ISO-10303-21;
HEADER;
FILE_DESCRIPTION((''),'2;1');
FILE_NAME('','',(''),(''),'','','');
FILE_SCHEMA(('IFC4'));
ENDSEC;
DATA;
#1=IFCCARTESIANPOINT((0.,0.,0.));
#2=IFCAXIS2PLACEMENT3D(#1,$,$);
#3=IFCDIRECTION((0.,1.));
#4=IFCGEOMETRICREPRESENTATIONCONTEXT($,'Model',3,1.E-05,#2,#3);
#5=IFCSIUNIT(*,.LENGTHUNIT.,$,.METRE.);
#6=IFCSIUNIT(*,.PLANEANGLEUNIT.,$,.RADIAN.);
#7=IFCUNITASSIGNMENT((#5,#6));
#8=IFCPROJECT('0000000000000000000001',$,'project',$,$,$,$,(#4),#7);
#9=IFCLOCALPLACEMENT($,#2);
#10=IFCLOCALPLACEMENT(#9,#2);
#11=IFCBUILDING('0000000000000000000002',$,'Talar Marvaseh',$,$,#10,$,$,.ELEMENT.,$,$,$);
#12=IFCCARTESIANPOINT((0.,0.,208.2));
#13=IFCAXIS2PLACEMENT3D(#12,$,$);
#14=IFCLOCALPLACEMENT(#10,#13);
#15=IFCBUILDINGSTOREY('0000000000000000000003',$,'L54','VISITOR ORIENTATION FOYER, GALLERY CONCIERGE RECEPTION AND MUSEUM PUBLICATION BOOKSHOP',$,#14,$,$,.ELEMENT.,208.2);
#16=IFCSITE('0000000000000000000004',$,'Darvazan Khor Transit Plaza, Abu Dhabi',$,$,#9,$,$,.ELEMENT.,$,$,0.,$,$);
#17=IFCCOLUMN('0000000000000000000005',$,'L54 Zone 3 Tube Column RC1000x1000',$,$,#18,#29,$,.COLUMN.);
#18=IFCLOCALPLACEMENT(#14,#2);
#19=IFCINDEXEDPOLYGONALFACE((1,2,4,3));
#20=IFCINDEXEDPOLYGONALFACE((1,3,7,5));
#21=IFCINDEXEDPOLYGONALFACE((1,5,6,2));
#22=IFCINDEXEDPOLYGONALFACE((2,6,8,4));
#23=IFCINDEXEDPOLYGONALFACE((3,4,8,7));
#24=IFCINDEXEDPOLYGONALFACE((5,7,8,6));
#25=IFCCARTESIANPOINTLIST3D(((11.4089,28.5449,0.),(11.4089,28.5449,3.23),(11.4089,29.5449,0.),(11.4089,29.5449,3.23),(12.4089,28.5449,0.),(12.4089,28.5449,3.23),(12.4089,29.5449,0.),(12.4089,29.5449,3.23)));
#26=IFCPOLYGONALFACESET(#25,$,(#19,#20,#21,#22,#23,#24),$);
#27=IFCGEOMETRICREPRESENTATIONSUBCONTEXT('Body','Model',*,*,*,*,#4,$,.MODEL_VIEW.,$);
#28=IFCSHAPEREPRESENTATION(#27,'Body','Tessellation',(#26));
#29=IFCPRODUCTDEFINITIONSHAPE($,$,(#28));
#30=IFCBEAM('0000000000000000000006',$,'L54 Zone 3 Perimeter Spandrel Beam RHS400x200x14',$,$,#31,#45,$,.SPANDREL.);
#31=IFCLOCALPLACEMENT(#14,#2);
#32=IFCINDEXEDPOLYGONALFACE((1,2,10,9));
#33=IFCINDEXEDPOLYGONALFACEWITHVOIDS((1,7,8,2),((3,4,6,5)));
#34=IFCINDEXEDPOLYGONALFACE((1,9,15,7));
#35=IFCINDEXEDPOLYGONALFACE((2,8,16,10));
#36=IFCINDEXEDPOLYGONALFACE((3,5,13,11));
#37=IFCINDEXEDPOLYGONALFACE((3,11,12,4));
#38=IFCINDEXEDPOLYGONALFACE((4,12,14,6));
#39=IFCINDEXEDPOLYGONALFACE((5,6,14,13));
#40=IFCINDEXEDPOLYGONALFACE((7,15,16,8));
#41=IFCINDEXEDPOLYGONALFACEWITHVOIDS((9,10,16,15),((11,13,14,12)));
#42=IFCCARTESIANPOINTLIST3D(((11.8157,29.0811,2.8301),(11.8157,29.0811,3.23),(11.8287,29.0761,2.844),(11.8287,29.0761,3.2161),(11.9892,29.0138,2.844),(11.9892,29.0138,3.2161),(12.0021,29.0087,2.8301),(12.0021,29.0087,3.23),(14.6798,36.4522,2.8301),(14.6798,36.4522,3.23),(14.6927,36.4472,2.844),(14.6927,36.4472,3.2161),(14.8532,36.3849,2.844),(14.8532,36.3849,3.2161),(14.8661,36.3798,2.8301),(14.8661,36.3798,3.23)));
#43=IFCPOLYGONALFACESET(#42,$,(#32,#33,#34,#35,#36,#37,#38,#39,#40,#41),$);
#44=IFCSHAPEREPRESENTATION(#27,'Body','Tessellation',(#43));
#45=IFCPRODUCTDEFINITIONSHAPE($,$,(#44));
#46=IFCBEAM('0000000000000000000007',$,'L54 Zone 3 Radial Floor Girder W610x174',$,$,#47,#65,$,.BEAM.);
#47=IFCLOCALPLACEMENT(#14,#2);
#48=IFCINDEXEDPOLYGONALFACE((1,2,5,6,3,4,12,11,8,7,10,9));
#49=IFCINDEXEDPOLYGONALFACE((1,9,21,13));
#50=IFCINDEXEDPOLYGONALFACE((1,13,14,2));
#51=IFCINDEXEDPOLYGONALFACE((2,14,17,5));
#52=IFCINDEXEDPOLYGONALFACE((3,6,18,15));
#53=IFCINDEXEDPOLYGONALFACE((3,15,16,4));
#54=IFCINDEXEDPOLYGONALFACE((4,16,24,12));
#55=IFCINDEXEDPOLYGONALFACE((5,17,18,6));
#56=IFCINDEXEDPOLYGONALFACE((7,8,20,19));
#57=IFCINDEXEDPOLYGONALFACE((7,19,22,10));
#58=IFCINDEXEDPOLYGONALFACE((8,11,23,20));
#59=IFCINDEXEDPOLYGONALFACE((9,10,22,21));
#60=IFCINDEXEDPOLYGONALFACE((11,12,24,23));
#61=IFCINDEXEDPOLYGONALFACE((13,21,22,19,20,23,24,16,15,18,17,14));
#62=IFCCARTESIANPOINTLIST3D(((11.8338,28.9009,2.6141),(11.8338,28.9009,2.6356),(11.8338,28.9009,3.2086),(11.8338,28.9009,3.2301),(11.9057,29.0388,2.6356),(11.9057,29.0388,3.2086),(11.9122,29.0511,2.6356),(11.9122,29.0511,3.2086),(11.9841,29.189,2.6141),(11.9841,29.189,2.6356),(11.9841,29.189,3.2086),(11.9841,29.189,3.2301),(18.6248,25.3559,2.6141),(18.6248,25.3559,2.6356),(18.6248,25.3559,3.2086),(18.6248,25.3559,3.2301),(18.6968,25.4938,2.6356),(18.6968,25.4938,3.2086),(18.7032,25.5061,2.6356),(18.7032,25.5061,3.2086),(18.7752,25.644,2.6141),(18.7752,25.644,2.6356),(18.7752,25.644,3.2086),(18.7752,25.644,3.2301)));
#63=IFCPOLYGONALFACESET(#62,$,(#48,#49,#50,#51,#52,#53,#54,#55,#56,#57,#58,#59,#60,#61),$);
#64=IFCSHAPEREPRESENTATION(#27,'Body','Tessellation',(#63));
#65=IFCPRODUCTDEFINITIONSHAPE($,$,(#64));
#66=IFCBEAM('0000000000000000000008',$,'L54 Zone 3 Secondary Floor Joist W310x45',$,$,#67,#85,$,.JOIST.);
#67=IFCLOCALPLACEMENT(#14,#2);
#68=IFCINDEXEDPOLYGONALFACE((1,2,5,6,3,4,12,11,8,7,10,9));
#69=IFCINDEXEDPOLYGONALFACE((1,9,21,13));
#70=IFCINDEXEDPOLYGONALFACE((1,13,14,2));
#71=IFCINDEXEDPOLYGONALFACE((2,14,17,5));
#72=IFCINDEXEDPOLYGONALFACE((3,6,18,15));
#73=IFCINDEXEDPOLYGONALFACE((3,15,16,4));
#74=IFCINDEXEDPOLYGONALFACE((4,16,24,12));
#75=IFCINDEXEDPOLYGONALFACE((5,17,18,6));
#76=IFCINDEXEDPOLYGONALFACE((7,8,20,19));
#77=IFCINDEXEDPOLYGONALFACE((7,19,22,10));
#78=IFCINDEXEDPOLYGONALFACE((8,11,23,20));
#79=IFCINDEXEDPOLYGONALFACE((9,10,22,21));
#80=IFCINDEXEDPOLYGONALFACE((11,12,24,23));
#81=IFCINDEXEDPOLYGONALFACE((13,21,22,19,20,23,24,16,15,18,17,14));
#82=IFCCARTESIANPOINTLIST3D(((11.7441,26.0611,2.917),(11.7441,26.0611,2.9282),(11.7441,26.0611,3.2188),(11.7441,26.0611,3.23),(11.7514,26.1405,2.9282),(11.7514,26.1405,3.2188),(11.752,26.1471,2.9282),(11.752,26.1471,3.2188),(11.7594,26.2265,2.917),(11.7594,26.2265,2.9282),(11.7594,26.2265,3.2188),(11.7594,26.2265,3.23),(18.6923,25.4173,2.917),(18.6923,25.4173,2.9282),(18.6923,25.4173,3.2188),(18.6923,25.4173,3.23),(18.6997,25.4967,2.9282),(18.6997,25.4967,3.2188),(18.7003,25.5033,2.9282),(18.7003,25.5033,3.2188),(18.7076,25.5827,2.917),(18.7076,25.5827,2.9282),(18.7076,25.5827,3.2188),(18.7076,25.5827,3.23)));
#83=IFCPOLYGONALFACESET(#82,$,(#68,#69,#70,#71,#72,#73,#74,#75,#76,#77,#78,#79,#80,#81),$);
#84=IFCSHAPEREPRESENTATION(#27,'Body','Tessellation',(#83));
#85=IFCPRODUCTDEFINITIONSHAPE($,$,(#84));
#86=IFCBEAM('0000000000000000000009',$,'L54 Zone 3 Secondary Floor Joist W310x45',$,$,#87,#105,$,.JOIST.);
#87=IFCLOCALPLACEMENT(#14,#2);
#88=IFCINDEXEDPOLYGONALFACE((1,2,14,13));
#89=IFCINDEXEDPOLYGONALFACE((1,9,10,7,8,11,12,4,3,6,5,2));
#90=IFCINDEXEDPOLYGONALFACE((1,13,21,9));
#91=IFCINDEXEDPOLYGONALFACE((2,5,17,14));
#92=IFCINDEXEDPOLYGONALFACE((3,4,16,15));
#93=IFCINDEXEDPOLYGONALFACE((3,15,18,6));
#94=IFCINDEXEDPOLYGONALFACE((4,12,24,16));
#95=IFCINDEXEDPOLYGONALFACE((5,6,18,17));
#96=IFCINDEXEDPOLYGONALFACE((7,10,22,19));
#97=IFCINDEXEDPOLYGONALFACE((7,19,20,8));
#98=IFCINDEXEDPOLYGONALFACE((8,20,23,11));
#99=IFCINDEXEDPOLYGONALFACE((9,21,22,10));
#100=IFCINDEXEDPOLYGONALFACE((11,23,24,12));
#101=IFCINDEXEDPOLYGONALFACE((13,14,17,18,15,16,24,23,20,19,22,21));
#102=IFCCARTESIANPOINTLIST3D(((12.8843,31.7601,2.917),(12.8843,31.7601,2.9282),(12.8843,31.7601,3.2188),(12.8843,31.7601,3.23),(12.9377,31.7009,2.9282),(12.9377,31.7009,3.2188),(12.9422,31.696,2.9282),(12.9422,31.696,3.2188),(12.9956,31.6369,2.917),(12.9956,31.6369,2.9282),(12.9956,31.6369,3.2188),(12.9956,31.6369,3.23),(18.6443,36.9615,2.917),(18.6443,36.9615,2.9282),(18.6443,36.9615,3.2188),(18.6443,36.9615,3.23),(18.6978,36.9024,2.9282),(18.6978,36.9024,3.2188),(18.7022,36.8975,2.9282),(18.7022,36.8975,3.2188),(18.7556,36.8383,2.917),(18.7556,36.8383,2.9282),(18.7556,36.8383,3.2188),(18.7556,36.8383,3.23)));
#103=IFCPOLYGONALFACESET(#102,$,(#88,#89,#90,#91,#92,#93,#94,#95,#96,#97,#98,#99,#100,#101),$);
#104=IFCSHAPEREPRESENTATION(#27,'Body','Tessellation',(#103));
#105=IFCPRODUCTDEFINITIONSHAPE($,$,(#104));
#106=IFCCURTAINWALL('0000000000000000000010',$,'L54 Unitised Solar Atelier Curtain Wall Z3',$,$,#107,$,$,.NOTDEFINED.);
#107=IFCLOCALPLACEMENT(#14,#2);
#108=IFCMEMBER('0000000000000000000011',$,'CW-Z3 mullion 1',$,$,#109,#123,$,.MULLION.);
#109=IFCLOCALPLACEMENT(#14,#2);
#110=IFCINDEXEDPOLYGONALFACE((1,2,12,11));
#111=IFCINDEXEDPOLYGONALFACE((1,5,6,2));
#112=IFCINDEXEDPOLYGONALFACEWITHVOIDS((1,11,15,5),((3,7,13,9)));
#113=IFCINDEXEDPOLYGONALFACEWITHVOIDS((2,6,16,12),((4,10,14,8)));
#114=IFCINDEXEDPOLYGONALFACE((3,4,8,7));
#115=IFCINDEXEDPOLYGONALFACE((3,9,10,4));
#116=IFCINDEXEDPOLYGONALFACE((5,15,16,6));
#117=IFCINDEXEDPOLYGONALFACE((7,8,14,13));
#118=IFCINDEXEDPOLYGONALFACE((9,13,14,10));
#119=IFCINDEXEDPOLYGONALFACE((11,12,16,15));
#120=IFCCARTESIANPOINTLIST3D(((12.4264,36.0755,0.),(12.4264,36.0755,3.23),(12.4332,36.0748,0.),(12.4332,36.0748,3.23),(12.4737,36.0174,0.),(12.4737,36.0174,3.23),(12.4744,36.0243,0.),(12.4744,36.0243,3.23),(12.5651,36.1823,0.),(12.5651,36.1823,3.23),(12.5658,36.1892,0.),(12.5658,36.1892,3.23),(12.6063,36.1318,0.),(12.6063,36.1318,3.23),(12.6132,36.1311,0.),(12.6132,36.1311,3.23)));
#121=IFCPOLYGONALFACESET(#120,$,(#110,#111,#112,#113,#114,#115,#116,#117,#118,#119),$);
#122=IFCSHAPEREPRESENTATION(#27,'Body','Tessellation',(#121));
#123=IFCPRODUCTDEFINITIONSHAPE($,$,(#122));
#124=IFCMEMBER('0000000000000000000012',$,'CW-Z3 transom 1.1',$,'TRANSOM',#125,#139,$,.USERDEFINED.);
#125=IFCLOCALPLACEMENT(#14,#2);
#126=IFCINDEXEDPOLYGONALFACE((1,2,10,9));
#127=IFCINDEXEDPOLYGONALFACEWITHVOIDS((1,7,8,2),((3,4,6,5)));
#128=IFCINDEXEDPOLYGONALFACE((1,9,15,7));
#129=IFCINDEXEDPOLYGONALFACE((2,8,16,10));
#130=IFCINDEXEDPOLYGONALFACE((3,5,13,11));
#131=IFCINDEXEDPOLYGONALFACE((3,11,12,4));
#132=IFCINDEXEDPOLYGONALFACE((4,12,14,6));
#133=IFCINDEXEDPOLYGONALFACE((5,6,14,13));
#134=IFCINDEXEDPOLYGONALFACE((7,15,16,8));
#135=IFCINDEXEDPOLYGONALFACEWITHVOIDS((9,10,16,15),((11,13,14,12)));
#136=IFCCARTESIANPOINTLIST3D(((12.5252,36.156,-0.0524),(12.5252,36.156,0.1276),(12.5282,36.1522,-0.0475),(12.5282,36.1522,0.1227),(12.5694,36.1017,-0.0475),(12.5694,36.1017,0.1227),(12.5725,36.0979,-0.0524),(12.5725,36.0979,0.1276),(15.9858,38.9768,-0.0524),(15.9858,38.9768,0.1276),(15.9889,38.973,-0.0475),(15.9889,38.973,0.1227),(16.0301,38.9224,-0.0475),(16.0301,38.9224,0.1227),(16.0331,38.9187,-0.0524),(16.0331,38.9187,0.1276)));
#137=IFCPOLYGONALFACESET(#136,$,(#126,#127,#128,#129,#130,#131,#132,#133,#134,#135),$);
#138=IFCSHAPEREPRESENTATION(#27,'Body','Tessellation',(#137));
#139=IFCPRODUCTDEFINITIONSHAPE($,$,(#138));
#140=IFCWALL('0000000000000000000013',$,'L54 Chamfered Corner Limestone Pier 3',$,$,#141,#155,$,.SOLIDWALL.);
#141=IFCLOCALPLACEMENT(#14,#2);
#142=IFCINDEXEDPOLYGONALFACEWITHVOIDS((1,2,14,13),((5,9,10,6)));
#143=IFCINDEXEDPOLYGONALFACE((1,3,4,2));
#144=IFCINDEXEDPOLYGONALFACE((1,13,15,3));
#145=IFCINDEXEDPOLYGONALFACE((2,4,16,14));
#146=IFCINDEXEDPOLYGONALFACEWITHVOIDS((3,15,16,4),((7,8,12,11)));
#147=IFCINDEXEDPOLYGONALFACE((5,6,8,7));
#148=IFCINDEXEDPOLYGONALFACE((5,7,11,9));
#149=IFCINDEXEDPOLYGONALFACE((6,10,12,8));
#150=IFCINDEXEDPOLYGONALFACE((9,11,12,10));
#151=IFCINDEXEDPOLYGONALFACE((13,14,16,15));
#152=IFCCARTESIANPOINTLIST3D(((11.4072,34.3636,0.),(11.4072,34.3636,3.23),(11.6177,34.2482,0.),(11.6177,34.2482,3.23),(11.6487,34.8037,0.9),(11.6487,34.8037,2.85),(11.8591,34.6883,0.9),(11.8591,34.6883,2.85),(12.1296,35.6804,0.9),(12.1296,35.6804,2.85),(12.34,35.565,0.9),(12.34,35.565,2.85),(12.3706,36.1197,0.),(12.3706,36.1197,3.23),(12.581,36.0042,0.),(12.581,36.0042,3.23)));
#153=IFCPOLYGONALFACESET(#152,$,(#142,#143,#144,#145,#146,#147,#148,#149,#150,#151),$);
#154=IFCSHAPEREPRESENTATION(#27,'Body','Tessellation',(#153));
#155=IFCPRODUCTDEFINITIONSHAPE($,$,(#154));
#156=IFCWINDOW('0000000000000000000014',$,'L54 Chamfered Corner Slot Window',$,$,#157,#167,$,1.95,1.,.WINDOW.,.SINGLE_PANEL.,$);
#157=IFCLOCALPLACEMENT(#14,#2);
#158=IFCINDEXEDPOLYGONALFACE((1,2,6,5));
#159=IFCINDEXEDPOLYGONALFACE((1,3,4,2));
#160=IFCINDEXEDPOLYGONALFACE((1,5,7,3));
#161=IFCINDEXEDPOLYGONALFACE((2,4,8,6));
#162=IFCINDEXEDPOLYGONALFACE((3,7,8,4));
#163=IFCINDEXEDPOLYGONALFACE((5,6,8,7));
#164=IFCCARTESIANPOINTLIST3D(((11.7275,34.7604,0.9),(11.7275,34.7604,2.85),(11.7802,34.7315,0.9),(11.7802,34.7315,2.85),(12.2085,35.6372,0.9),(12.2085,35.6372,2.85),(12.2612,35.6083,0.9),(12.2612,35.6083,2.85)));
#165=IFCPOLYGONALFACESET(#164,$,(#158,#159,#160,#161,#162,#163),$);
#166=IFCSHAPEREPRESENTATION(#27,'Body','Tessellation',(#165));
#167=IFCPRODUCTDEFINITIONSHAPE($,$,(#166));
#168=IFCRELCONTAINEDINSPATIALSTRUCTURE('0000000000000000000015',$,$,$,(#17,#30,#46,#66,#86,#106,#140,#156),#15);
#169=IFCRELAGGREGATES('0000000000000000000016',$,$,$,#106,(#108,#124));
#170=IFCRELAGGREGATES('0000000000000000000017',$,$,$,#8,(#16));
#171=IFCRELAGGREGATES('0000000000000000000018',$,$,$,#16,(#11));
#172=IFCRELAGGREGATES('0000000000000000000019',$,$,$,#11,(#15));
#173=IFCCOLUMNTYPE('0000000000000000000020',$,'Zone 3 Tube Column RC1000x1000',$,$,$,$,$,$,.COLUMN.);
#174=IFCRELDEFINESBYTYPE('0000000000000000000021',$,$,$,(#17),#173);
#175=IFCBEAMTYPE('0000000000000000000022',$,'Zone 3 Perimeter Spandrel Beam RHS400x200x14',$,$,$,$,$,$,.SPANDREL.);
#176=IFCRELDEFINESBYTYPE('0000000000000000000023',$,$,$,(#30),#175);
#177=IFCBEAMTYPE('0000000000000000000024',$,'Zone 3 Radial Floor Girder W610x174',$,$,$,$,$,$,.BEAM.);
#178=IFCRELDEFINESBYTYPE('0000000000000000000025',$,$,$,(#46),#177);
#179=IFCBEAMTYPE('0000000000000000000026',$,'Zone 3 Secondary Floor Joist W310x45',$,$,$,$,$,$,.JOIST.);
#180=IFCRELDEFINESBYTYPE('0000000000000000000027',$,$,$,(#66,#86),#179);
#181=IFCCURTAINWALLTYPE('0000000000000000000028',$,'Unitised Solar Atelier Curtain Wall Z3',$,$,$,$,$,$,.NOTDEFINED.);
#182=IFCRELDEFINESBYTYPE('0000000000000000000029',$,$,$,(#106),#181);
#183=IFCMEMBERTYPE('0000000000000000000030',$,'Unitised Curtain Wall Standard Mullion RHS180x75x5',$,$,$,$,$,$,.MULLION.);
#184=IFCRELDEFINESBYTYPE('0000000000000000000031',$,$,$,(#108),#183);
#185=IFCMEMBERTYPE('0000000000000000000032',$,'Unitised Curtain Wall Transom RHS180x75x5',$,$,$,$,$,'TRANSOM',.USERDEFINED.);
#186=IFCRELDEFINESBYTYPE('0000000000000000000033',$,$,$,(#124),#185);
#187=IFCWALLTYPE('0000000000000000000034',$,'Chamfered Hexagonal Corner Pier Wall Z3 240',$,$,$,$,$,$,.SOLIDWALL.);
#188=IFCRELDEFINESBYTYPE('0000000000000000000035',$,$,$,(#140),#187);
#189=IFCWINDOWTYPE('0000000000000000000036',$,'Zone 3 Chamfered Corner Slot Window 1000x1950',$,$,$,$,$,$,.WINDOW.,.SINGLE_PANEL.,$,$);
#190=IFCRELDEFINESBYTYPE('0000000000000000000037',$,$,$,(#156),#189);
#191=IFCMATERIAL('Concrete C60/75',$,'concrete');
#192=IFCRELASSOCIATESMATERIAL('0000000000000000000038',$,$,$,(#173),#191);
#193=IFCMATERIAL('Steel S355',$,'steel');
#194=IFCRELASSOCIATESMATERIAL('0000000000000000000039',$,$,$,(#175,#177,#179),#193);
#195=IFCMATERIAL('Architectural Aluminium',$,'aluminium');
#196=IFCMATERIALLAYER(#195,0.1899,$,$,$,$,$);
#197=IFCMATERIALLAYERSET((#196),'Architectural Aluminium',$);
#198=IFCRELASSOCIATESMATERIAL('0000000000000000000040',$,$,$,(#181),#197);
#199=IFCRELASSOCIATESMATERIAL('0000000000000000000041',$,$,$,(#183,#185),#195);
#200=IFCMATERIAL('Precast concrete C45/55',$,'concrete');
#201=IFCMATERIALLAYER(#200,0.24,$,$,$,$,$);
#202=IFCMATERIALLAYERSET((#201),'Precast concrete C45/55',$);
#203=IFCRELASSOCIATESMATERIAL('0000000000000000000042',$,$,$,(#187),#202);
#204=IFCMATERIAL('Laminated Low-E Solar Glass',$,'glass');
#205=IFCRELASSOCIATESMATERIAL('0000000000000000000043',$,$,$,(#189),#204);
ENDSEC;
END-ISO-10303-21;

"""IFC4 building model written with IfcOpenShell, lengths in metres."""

from ifc_helpers import new_model, si_unit, direction, frame, frame_2d, origin, origin_2d, place, context, subcontext, project, spatial, rectangle, hollow_rectangle, i_section, extrude, source, transform, mapped, material, layer, layer_set, material_profile, profile_set, type_object, type_shapes, element, fill, aggregate, save


model = new_model("IFC4")

# Units and contexts
model_context = context("Model", 3, precision=1e-05, world=origin(), true_north=direction((0.0, 1.0)))
body_context = subcontext(model_context, "Body", "Model", "MODEL_VIEW")
ifc_project = project(units=[si_unit("LENGTHUNIT", "METRE"), si_unit("PLANEANGLEUNIT", "RADIAN")], contexts=[model_context])

# Site, building, storey
site_placement = place(None, origin())
site = spatial("IfcSite", under=ifc_project, at=site_placement, Name="Darvazan Khor Transit Plaza, Abu Dhabi", CompositionType="ELEMENT", RefElevation=0.0)
building_placement = place(site_placement, origin())
building = spatial("IfcBuilding", under=site, at=building_placement, Name="Talar Marvaseh", CompositionType="ELEMENT")
storey_placement = place(building_placement, frame((0.0, 0.0, 208.2)))
storey = spatial("IfcBuildingStorey", under=building, at=storey_placement, Name="L54", Description="VISITOR ORIENTATION FOYER, GALLERY CONCIERGE RECEPTION AND MUSEUM PUBLICATION BOOKSHOP", CompositionType="ELEMENT", Elevation=208.2)

# Column
ifc_material_1 = material(Name="Concrete C60/75", Category="concrete")
ifc_material_profile_1 = material_profile(ifc_material_1, rectangle(XDim=1.0, YDim=1.0, at=origin_2d()), Name="RC1000x1000")
ifc_profile_set_1 = profile_set([ifc_material_profile_1], Name="Concrete C60/75")
column_type = type_object("IfcColumnType", Name="Zone 3 Tube Column RC1000x1000", PredefinedType="COLUMN", material=ifc_profile_set_1)
column_placement = place(storey_placement, frame((11.9089, 29.0449, 0.0), z_axis=(0.0, 0.0, 1.0), x_axis=(1.0, 0.0, 0.0)))
element("IfcColumn", 1, at=column_placement, inside=storey, type_object=column_type, Name="L54 Zone 3 Tube Column RC1000x1000", PredefinedType="COLUMN", context=body_context, shape_type="SweptSolid", body=[
    extrude(rectangle(XDim=1.0, YDim=1.0, at=origin_2d()), origin(), (0.0, 0.0, 1.0), 3.23),
])

# Beams
ifc_material_2 = material(Name="Steel S355", Category="steel")
ifc_material_profile_2 = material_profile(ifc_material_2, hollow_rectangle(XDim=0.2, YDim=0.3999, WallThickness=0.0139, at=origin_2d()), Name="RHS400x200x14")
ifc_profile_set_2 = profile_set([ifc_material_profile_2], Name="Steel S355")
beam_type_1 = type_object("IfcBeamType", Name="Zone 3 Perimeter Spandrel Beam RHS400x200x14", PredefinedType="SPANDREL", material=ifc_profile_set_2)
beam_1_placement = place(storey_placement, frame((11.9089, 29.0449, 3.03), z_axis=(0.362169, 0.932112, 0.0), x_axis=(-0.932112, 0.362169, 0.0)))
element("IfcBeam", 2, at=beam_1_placement, inside=storey, type_object=beam_type_1, Name="L54 Zone 3 Perimeter Spandrel Beam RHS400x200x14", PredefinedType="SPANDREL", context=body_context, shape_type="SweptSolid", body=[
    extrude(hollow_rectangle(XDim=0.2, YDim=0.3999, WallThickness=0.0139, at=origin_2d()), origin(), (0.0, 0.0, 1.0), 7.908),
])
ifc_material_profile_3 = material_profile(ifc_material_2, i_section(OverallWidth=0.325, OverallDepth=0.616, WebThickness=0.0139, FlangeThickness=0.0215, at=origin_2d()), Name="W610x174")
ifc_profile_set_3 = profile_set([ifc_material_profile_3], Name="Steel S355")
beam_type_2 = type_object("IfcBeamType", Name="Zone 3 Radial Floor Girder W610x174", PredefinedType="BEAM", material=ifc_profile_set_3)
beam_2_placement = place(storey_placement, frame((11.9089, 29.0449, 2.9221), z_axis=(0.886489, -0.462749, 0.0), x_axis=(0.462749, 0.886489, 0.0)))
element("IfcBeam", 3, at=beam_2_placement, inside=storey, type_object=beam_type_2, Name="L54 Zone 3 Radial Floor Girder W610x174", PredefinedType="BEAM", context=body_context, shape_type="SweptSolid", body=[
    extrude(i_section(OverallWidth=0.325, OverallDepth=0.616, WebThickness=0.0139, FlangeThickness=0.0215, at=origin_2d()), origin(), (0.0, 0.0, 1.0), 7.6606),
])
ifc_material_profile_4 = material_profile(ifc_material_2, i_section(OverallWidth=0.166, OverallDepth=0.313, WebThickness=0.0066, FlangeThickness=0.0112, at=origin_2d()), Name="W310x45")
ifc_profile_set_4 = profile_set([ifc_material_profile_4], Name="Steel S355")
beam_type_3 = type_object("IfcBeamType", Name="Zone 3 Secondary Floor Joist W310x45", PredefinedType="JOIST", material=ifc_profile_set_4)
beam_3_placement = place(storey_placement, frame((11.7517, 26.1438, 3.0735), z_axis=(0.995735, -0.092261, 0.0), x_axis=(0.092261, 0.995735, 0.0)))
element("IfcBeam", 4, at=beam_3_placement, inside=storey, type_object=beam_type_3, Name="L54 Zone 3 Secondary Floor Joist W310x45", PredefinedType="JOIST", context=body_context, shape_type="SweptSolid", body=[
    extrude(i_section(OverallWidth=0.166, OverallDepth=0.313, WebThickness=0.0066, FlangeThickness=0.0112, at=origin_2d()), origin(), (0.0, 0.0, 1.0), 6.978),
])
beam_4_placement = place(storey_placement, frame((12.9399, 31.6985, 3.0735), z_axis=(0.742178, 0.670203, 0.0), x_axis=(-0.670203, 0.742178, 0.0)))
element("IfcBeam", 5, at=beam_4_placement, inside=storey, type_object=beam_type_3, Name="L54 Zone 3 Secondary Floor Joist W310x45", PredefinedType="JOIST", context=body_context, shape_type="SweptSolid", body=[
    extrude(i_section(OverallWidth=0.166, OverallDepth=0.313, WebThickness=0.0066, FlangeThickness=0.0112, at=origin_2d()), origin(), (0.0, 0.0, 1.0), 7.761),
])

# Curtain wall, members
ifc_material_3 = material(Name="Architectural Aluminium", Category="aluminium")
ifc_layer_1 = layer(ifc_material_3, 0.1899)
ifc_layer_set_1 = layer_set([ifc_layer_1], Name="Architectural Aluminium")
curtain_wall_type = type_object("IfcCurtainWallType", Name="Unitised Solar Atelier Curtain Wall Z3", PredefinedType="NOTDEFINED", material=ifc_layer_set_1)
curtain_wall_placement = place(storey_placement, origin())
curtain_wall = element("IfcCurtainWall", 6, at=curtain_wall_placement, inside=storey, type_object=curtain_wall_type, Name="L54 Unitised Solar Atelier Curtain Wall Z3", PredefinedType="NOTDEFINED")
ifc_material_profile_5 = material_profile(ifc_material_3, hollow_rectangle(XDim=0.075, YDim=0.1799, WallThickness=0.0049, at=origin_2d()), Name="RHS180x75x5")
ifc_profile_set_5 = profile_set([ifc_material_profile_5], Name="Architectural Aluminium")
member_type_1 = type_object("IfcMemberType", Name="Unitised Curtain Wall Standard Mullion RHS180x75x5", PredefinedType="MULLION", material=ifc_profile_set_5)
shared_shape_1 = source(origin(), body_context, "Body", "SweptSolid", [
    extrude(hollow_rectangle(XDim=0.075, YDim=0.1799, WallThickness=0.0049, at=origin_2d()), origin(), (0.0, 0.0, 1.0), 3.23),
])
type_shapes(member_type_1, [shared_shape_1])
member_1_placement = place(storey_placement, frame((12.5198, 36.1033, 0.0), z_axis=(0.0, 0.0, 1.0), x_axis=(-0.631784, 0.775145, 0.0)))
member_1 = element("IfcMember", 7, at=member_1_placement, type_object=member_type_1, Name="CW-Z3 mullion 1", PredefinedType="MULLION", context=body_context, shape_type="MappedRepresentation", body=[
    mapped(shared_shape_1, transform((0.0, 0.0, 0.0), x_axis=(1.0, 0.0, 0.0), y_axis=(0.0, 1.0, 0.0), z_axis=(0.0, 0.0, 1.0), scale=1.0)),
])
ifc_material_profile_6 = material_profile(ifc_material_3, hollow_rectangle(XDim=0.075, YDim=0.1799, WallThickness=0.0049, at=origin_2d()), Name="RHS180x75x5")
ifc_profile_set_6 = profile_set([ifc_material_profile_6], Name="Architectural Aluminium")
member_type_2 = type_object("IfcMemberType", Name="Unitised Curtain Wall Transom RHS180x75x5", ElementType="TRANSOM", PredefinedType="USERDEFINED", material=ifc_profile_set_6)
shared_shape_2 = source(origin(), body_context, "Body", "SweptSolid", [
    extrude(hollow_rectangle(XDim=0.075, YDim=0.1799, WallThickness=0.0049, at=origin_2d()), origin(), (0.0, 0.0, 1.0), 4.4646),
])
type_shapes(member_type_2, [shared_shape_2])
member_2_placement = place(storey_placement, frame((12.5488, 36.127, 0.0376), z_axis=(0.775128, 0.631804, 0.0), x_axis=(-0.631804, 0.775128, 0.0)))
member_2 = element("IfcMember", 8, at=member_2_placement, type_object=member_type_2, Name="CW-Z3 transom 1.1", ObjectType="TRANSOM", PredefinedType="USERDEFINED", context=body_context, shape_type="MappedRepresentation", body=[
    mapped(shared_shape_2, transform((0.0, 0.0, 0.0), x_axis=(1.0, 0.0, 0.0), y_axis=(0.0, 1.0, 0.0), z_axis=(0.0, 0.0, 1.0), scale=1.0)),
])
aggregate(curtain_wall, [member_1, member_2])

# Wall, opening, window
ifc_material_4 = material(Name="Precast concrete C45/55", Category="concrete")
ifc_layer_2 = layer(ifc_material_4, 0.24)
ifc_layer_set_2 = layer_set([ifc_layer_2], Name="Precast concrete C45/55")
wall_type_1 = type_object("IfcWallType", Name="Chamfered Hexagonal Corner Pier Wall Z3 240", PredefinedType="SOLIDWALL", material=ifc_layer_set_2)
wall_1_placement = place(storey_placement, frame((11.5125, 34.3059, 0.0), z_axis=(0.0, 0.0, 1.0), x_axis=(0.480969, 0.876738, 0.0)))
wall_1 = element("IfcWall", 9, at=wall_1_placement, inside=storey, type_object=wall_type_1, Name="L54 Chamfered Corner Limestone Pier 3", PredefinedType="SOLIDWALL", context=body_context, shape_type="SweptSolid", body=[
    extrude(rectangle(XDim=2.0029, YDim=0.24, at=frame_2d((1.0015, 0.0))), origin(), (0.0, 0.0, 1.0), 3.23),
])
opening_placement = place(wall_1_placement, frame((0.502, 0.0, 0.8999)))
opening = element("IfcOpeningElement", 10, at=opening_placement, cuts=wall_1, PredefinedType="OPENING", context=body_context, shape_type="SweptSolid", body=[
    extrude(rectangle(XDim=1.0, YDim=1.95, at=frame_2d((0.5, 0.9751))), frame((0.0, 0.1299, 0.0), z_axis=(0.0, -1.0, 0.0), x_axis=(1.0, 0.0, 0.0)), (0.0, 0.0, 1.0), 0.26),
])
ifc_material_5 = material(Name="Laminated Low-E Solar Glass", Category="glass")
window_type = type_object("IfcWindowType", Name="Zone 3 Chamfered Corner Slot Window 1000x1950", PartitioningType="SINGLE_PANEL", PredefinedType="WINDOW", material=ifc_material_5)
shared_shape_3 = source(origin(), body_context, "Body", "SweptSolid", [
    extrude(rectangle(XDim=1.0, YDim=1.95, at=frame_2d((0.5, 0.9751))), frame((0.0, 0.03, 0.0), z_axis=(0.0, -1.0, 0.0), x_axis=(1.0, 0.0, 0.0)), (0.0, 0.0, 1.0), 0.0601),
])
type_shapes(window_type, [shared_shape_3])
window_placement = place(opening_placement, origin())
window = element("IfcWindow", 11, at=window_placement, inside=storey, type_object=window_type, Name="L54 Chamfered Corner Slot Window", OverallHeight=1.95, OverallWidth=1.0, PartitioningType="SINGLE_PANEL", PredefinedType="WINDOW", context=body_context, shape_type="MappedRepresentation", body=[
    mapped(shared_shape_3, transform((0.0, 0.0, 0.0), x_axis=(1.0, 0.0, 0.0), y_axis=(0.0, 1.0, 0.0), z_axis=(0.0, 0.0, 1.0), scale=1.0)),
])
fill(opening, window)

save(model, "model.ifc")
